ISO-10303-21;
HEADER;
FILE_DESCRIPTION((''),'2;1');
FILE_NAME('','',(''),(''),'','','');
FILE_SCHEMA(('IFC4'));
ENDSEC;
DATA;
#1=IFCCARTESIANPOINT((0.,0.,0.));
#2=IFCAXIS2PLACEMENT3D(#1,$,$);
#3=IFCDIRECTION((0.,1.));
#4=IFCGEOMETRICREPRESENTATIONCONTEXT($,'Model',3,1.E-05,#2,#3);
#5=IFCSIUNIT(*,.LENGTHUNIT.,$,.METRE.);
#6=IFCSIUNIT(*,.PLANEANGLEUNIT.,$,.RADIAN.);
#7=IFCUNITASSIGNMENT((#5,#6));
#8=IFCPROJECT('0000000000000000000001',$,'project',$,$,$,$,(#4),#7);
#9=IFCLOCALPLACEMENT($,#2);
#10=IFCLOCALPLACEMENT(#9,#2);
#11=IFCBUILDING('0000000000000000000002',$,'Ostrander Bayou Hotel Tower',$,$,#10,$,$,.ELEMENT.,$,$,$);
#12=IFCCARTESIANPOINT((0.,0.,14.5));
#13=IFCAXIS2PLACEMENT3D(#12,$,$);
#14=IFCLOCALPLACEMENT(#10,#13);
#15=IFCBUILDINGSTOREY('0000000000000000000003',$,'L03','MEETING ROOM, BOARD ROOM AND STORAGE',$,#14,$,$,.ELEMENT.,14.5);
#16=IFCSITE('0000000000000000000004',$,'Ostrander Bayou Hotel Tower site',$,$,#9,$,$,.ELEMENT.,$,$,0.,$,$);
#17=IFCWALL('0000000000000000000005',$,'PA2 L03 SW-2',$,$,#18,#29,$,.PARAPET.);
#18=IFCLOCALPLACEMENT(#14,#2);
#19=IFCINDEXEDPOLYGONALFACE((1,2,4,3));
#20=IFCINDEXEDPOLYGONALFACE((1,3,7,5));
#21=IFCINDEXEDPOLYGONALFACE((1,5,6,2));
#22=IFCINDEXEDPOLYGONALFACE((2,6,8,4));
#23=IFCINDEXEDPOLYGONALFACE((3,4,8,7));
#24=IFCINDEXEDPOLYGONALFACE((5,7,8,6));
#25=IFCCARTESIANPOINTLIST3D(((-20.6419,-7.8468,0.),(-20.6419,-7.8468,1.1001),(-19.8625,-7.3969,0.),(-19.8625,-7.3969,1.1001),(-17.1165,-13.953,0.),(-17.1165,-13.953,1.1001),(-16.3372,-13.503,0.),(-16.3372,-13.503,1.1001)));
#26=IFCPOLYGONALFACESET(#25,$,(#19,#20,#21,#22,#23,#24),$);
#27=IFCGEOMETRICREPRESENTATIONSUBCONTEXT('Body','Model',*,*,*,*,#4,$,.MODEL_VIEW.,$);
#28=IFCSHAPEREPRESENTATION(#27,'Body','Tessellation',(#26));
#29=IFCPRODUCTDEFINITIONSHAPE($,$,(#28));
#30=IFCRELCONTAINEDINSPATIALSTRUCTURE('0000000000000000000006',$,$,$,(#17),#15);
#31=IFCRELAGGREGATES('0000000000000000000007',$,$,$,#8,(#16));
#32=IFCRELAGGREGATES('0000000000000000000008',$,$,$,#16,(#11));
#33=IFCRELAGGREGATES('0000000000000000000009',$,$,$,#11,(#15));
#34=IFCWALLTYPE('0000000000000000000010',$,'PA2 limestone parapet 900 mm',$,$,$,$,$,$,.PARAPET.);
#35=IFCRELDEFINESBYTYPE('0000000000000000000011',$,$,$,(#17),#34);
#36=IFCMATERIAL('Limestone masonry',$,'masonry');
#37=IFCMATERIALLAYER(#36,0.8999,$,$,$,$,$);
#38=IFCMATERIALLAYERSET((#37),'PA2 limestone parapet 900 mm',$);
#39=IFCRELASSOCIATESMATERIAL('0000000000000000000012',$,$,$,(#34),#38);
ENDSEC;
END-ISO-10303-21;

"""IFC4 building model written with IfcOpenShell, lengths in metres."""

from ifc_helpers import new_model, si_unit, direction, frame, frame_2d, origin, place, context, subcontext, project, spatial, rectangle, extrude, material, layer, layer_set, type_object, element, save


model = new_model("IFC4")

# Units and contexts
model_context = context("Model", 3, precision=1e-05, world=origin(), true_north=direction((0.0, 1.0)))
body_context = subcontext(model_context, "Body", "Model", "MODEL_VIEW")
ifc_project = project(units=[si_unit("LENGTHUNIT", "METRE"), si_unit("PLANEANGLEUNIT", "RADIAN")], contexts=[model_context])

# Site, building, storey
site_placement = place(None, origin())
site = spatial("IfcSite", under=ifc_project, at=site_placement, Name="Ostrander Bayou Hotel Tower site", CompositionType="ELEMENT", RefElevation=0.0)
building_placement = place(site_placement, origin())
building = spatial("IfcBuilding", under=site, at=building_placement, Name="Ostrander Bayou Hotel Tower", CompositionType="ELEMENT")
storey_placement = place(building_placement, frame((0.0, 0.0, 14.5)))
storey = spatial("IfcBuildingStorey", under=building, at=storey_placement, Name="L03", Description="MEETING ROOM, BOARD ROOM AND STORAGE", CompositionType="ELEMENT", Elevation=14.5)

# Wall
ifc_material_1 = material(Name="Limestone masonry", Category="masonry")
ifc_layer_1 = layer(ifc_material_1, 0.8999)
ifc_layer_set_1 = layer_set([ifc_layer_1], Name="PA2 limestone parapet 900 mm")
wall_type_1 = type_object("IfcWallType", Name="PA2 limestone parapet 900 mm", PredefinedType="PARAPET", material=ifc_layer_set_1)
wall_1_placement = place(storey_placement, frame((-20.2522, -7.6218, 0.0), z_axis=(0.0, 0.0, 1.0), x_axis=(0.499997, -0.866027, 0.0)))
element("IfcWall", 1, at=wall_1_placement, inside=storey, type_object=wall_type_1, Name="PA2 L03 SW-2", PredefinedType="PARAPET", context=body_context, shape_type="SweptSolid", body=[
    extrude(rectangle(XDim=7.0508, YDim=0.8999, at=frame_2d((3.5254, 0.0))), origin(), (0.0, 0.0, 1.0), 1.1001),
])

save(model, "model.ifc")
